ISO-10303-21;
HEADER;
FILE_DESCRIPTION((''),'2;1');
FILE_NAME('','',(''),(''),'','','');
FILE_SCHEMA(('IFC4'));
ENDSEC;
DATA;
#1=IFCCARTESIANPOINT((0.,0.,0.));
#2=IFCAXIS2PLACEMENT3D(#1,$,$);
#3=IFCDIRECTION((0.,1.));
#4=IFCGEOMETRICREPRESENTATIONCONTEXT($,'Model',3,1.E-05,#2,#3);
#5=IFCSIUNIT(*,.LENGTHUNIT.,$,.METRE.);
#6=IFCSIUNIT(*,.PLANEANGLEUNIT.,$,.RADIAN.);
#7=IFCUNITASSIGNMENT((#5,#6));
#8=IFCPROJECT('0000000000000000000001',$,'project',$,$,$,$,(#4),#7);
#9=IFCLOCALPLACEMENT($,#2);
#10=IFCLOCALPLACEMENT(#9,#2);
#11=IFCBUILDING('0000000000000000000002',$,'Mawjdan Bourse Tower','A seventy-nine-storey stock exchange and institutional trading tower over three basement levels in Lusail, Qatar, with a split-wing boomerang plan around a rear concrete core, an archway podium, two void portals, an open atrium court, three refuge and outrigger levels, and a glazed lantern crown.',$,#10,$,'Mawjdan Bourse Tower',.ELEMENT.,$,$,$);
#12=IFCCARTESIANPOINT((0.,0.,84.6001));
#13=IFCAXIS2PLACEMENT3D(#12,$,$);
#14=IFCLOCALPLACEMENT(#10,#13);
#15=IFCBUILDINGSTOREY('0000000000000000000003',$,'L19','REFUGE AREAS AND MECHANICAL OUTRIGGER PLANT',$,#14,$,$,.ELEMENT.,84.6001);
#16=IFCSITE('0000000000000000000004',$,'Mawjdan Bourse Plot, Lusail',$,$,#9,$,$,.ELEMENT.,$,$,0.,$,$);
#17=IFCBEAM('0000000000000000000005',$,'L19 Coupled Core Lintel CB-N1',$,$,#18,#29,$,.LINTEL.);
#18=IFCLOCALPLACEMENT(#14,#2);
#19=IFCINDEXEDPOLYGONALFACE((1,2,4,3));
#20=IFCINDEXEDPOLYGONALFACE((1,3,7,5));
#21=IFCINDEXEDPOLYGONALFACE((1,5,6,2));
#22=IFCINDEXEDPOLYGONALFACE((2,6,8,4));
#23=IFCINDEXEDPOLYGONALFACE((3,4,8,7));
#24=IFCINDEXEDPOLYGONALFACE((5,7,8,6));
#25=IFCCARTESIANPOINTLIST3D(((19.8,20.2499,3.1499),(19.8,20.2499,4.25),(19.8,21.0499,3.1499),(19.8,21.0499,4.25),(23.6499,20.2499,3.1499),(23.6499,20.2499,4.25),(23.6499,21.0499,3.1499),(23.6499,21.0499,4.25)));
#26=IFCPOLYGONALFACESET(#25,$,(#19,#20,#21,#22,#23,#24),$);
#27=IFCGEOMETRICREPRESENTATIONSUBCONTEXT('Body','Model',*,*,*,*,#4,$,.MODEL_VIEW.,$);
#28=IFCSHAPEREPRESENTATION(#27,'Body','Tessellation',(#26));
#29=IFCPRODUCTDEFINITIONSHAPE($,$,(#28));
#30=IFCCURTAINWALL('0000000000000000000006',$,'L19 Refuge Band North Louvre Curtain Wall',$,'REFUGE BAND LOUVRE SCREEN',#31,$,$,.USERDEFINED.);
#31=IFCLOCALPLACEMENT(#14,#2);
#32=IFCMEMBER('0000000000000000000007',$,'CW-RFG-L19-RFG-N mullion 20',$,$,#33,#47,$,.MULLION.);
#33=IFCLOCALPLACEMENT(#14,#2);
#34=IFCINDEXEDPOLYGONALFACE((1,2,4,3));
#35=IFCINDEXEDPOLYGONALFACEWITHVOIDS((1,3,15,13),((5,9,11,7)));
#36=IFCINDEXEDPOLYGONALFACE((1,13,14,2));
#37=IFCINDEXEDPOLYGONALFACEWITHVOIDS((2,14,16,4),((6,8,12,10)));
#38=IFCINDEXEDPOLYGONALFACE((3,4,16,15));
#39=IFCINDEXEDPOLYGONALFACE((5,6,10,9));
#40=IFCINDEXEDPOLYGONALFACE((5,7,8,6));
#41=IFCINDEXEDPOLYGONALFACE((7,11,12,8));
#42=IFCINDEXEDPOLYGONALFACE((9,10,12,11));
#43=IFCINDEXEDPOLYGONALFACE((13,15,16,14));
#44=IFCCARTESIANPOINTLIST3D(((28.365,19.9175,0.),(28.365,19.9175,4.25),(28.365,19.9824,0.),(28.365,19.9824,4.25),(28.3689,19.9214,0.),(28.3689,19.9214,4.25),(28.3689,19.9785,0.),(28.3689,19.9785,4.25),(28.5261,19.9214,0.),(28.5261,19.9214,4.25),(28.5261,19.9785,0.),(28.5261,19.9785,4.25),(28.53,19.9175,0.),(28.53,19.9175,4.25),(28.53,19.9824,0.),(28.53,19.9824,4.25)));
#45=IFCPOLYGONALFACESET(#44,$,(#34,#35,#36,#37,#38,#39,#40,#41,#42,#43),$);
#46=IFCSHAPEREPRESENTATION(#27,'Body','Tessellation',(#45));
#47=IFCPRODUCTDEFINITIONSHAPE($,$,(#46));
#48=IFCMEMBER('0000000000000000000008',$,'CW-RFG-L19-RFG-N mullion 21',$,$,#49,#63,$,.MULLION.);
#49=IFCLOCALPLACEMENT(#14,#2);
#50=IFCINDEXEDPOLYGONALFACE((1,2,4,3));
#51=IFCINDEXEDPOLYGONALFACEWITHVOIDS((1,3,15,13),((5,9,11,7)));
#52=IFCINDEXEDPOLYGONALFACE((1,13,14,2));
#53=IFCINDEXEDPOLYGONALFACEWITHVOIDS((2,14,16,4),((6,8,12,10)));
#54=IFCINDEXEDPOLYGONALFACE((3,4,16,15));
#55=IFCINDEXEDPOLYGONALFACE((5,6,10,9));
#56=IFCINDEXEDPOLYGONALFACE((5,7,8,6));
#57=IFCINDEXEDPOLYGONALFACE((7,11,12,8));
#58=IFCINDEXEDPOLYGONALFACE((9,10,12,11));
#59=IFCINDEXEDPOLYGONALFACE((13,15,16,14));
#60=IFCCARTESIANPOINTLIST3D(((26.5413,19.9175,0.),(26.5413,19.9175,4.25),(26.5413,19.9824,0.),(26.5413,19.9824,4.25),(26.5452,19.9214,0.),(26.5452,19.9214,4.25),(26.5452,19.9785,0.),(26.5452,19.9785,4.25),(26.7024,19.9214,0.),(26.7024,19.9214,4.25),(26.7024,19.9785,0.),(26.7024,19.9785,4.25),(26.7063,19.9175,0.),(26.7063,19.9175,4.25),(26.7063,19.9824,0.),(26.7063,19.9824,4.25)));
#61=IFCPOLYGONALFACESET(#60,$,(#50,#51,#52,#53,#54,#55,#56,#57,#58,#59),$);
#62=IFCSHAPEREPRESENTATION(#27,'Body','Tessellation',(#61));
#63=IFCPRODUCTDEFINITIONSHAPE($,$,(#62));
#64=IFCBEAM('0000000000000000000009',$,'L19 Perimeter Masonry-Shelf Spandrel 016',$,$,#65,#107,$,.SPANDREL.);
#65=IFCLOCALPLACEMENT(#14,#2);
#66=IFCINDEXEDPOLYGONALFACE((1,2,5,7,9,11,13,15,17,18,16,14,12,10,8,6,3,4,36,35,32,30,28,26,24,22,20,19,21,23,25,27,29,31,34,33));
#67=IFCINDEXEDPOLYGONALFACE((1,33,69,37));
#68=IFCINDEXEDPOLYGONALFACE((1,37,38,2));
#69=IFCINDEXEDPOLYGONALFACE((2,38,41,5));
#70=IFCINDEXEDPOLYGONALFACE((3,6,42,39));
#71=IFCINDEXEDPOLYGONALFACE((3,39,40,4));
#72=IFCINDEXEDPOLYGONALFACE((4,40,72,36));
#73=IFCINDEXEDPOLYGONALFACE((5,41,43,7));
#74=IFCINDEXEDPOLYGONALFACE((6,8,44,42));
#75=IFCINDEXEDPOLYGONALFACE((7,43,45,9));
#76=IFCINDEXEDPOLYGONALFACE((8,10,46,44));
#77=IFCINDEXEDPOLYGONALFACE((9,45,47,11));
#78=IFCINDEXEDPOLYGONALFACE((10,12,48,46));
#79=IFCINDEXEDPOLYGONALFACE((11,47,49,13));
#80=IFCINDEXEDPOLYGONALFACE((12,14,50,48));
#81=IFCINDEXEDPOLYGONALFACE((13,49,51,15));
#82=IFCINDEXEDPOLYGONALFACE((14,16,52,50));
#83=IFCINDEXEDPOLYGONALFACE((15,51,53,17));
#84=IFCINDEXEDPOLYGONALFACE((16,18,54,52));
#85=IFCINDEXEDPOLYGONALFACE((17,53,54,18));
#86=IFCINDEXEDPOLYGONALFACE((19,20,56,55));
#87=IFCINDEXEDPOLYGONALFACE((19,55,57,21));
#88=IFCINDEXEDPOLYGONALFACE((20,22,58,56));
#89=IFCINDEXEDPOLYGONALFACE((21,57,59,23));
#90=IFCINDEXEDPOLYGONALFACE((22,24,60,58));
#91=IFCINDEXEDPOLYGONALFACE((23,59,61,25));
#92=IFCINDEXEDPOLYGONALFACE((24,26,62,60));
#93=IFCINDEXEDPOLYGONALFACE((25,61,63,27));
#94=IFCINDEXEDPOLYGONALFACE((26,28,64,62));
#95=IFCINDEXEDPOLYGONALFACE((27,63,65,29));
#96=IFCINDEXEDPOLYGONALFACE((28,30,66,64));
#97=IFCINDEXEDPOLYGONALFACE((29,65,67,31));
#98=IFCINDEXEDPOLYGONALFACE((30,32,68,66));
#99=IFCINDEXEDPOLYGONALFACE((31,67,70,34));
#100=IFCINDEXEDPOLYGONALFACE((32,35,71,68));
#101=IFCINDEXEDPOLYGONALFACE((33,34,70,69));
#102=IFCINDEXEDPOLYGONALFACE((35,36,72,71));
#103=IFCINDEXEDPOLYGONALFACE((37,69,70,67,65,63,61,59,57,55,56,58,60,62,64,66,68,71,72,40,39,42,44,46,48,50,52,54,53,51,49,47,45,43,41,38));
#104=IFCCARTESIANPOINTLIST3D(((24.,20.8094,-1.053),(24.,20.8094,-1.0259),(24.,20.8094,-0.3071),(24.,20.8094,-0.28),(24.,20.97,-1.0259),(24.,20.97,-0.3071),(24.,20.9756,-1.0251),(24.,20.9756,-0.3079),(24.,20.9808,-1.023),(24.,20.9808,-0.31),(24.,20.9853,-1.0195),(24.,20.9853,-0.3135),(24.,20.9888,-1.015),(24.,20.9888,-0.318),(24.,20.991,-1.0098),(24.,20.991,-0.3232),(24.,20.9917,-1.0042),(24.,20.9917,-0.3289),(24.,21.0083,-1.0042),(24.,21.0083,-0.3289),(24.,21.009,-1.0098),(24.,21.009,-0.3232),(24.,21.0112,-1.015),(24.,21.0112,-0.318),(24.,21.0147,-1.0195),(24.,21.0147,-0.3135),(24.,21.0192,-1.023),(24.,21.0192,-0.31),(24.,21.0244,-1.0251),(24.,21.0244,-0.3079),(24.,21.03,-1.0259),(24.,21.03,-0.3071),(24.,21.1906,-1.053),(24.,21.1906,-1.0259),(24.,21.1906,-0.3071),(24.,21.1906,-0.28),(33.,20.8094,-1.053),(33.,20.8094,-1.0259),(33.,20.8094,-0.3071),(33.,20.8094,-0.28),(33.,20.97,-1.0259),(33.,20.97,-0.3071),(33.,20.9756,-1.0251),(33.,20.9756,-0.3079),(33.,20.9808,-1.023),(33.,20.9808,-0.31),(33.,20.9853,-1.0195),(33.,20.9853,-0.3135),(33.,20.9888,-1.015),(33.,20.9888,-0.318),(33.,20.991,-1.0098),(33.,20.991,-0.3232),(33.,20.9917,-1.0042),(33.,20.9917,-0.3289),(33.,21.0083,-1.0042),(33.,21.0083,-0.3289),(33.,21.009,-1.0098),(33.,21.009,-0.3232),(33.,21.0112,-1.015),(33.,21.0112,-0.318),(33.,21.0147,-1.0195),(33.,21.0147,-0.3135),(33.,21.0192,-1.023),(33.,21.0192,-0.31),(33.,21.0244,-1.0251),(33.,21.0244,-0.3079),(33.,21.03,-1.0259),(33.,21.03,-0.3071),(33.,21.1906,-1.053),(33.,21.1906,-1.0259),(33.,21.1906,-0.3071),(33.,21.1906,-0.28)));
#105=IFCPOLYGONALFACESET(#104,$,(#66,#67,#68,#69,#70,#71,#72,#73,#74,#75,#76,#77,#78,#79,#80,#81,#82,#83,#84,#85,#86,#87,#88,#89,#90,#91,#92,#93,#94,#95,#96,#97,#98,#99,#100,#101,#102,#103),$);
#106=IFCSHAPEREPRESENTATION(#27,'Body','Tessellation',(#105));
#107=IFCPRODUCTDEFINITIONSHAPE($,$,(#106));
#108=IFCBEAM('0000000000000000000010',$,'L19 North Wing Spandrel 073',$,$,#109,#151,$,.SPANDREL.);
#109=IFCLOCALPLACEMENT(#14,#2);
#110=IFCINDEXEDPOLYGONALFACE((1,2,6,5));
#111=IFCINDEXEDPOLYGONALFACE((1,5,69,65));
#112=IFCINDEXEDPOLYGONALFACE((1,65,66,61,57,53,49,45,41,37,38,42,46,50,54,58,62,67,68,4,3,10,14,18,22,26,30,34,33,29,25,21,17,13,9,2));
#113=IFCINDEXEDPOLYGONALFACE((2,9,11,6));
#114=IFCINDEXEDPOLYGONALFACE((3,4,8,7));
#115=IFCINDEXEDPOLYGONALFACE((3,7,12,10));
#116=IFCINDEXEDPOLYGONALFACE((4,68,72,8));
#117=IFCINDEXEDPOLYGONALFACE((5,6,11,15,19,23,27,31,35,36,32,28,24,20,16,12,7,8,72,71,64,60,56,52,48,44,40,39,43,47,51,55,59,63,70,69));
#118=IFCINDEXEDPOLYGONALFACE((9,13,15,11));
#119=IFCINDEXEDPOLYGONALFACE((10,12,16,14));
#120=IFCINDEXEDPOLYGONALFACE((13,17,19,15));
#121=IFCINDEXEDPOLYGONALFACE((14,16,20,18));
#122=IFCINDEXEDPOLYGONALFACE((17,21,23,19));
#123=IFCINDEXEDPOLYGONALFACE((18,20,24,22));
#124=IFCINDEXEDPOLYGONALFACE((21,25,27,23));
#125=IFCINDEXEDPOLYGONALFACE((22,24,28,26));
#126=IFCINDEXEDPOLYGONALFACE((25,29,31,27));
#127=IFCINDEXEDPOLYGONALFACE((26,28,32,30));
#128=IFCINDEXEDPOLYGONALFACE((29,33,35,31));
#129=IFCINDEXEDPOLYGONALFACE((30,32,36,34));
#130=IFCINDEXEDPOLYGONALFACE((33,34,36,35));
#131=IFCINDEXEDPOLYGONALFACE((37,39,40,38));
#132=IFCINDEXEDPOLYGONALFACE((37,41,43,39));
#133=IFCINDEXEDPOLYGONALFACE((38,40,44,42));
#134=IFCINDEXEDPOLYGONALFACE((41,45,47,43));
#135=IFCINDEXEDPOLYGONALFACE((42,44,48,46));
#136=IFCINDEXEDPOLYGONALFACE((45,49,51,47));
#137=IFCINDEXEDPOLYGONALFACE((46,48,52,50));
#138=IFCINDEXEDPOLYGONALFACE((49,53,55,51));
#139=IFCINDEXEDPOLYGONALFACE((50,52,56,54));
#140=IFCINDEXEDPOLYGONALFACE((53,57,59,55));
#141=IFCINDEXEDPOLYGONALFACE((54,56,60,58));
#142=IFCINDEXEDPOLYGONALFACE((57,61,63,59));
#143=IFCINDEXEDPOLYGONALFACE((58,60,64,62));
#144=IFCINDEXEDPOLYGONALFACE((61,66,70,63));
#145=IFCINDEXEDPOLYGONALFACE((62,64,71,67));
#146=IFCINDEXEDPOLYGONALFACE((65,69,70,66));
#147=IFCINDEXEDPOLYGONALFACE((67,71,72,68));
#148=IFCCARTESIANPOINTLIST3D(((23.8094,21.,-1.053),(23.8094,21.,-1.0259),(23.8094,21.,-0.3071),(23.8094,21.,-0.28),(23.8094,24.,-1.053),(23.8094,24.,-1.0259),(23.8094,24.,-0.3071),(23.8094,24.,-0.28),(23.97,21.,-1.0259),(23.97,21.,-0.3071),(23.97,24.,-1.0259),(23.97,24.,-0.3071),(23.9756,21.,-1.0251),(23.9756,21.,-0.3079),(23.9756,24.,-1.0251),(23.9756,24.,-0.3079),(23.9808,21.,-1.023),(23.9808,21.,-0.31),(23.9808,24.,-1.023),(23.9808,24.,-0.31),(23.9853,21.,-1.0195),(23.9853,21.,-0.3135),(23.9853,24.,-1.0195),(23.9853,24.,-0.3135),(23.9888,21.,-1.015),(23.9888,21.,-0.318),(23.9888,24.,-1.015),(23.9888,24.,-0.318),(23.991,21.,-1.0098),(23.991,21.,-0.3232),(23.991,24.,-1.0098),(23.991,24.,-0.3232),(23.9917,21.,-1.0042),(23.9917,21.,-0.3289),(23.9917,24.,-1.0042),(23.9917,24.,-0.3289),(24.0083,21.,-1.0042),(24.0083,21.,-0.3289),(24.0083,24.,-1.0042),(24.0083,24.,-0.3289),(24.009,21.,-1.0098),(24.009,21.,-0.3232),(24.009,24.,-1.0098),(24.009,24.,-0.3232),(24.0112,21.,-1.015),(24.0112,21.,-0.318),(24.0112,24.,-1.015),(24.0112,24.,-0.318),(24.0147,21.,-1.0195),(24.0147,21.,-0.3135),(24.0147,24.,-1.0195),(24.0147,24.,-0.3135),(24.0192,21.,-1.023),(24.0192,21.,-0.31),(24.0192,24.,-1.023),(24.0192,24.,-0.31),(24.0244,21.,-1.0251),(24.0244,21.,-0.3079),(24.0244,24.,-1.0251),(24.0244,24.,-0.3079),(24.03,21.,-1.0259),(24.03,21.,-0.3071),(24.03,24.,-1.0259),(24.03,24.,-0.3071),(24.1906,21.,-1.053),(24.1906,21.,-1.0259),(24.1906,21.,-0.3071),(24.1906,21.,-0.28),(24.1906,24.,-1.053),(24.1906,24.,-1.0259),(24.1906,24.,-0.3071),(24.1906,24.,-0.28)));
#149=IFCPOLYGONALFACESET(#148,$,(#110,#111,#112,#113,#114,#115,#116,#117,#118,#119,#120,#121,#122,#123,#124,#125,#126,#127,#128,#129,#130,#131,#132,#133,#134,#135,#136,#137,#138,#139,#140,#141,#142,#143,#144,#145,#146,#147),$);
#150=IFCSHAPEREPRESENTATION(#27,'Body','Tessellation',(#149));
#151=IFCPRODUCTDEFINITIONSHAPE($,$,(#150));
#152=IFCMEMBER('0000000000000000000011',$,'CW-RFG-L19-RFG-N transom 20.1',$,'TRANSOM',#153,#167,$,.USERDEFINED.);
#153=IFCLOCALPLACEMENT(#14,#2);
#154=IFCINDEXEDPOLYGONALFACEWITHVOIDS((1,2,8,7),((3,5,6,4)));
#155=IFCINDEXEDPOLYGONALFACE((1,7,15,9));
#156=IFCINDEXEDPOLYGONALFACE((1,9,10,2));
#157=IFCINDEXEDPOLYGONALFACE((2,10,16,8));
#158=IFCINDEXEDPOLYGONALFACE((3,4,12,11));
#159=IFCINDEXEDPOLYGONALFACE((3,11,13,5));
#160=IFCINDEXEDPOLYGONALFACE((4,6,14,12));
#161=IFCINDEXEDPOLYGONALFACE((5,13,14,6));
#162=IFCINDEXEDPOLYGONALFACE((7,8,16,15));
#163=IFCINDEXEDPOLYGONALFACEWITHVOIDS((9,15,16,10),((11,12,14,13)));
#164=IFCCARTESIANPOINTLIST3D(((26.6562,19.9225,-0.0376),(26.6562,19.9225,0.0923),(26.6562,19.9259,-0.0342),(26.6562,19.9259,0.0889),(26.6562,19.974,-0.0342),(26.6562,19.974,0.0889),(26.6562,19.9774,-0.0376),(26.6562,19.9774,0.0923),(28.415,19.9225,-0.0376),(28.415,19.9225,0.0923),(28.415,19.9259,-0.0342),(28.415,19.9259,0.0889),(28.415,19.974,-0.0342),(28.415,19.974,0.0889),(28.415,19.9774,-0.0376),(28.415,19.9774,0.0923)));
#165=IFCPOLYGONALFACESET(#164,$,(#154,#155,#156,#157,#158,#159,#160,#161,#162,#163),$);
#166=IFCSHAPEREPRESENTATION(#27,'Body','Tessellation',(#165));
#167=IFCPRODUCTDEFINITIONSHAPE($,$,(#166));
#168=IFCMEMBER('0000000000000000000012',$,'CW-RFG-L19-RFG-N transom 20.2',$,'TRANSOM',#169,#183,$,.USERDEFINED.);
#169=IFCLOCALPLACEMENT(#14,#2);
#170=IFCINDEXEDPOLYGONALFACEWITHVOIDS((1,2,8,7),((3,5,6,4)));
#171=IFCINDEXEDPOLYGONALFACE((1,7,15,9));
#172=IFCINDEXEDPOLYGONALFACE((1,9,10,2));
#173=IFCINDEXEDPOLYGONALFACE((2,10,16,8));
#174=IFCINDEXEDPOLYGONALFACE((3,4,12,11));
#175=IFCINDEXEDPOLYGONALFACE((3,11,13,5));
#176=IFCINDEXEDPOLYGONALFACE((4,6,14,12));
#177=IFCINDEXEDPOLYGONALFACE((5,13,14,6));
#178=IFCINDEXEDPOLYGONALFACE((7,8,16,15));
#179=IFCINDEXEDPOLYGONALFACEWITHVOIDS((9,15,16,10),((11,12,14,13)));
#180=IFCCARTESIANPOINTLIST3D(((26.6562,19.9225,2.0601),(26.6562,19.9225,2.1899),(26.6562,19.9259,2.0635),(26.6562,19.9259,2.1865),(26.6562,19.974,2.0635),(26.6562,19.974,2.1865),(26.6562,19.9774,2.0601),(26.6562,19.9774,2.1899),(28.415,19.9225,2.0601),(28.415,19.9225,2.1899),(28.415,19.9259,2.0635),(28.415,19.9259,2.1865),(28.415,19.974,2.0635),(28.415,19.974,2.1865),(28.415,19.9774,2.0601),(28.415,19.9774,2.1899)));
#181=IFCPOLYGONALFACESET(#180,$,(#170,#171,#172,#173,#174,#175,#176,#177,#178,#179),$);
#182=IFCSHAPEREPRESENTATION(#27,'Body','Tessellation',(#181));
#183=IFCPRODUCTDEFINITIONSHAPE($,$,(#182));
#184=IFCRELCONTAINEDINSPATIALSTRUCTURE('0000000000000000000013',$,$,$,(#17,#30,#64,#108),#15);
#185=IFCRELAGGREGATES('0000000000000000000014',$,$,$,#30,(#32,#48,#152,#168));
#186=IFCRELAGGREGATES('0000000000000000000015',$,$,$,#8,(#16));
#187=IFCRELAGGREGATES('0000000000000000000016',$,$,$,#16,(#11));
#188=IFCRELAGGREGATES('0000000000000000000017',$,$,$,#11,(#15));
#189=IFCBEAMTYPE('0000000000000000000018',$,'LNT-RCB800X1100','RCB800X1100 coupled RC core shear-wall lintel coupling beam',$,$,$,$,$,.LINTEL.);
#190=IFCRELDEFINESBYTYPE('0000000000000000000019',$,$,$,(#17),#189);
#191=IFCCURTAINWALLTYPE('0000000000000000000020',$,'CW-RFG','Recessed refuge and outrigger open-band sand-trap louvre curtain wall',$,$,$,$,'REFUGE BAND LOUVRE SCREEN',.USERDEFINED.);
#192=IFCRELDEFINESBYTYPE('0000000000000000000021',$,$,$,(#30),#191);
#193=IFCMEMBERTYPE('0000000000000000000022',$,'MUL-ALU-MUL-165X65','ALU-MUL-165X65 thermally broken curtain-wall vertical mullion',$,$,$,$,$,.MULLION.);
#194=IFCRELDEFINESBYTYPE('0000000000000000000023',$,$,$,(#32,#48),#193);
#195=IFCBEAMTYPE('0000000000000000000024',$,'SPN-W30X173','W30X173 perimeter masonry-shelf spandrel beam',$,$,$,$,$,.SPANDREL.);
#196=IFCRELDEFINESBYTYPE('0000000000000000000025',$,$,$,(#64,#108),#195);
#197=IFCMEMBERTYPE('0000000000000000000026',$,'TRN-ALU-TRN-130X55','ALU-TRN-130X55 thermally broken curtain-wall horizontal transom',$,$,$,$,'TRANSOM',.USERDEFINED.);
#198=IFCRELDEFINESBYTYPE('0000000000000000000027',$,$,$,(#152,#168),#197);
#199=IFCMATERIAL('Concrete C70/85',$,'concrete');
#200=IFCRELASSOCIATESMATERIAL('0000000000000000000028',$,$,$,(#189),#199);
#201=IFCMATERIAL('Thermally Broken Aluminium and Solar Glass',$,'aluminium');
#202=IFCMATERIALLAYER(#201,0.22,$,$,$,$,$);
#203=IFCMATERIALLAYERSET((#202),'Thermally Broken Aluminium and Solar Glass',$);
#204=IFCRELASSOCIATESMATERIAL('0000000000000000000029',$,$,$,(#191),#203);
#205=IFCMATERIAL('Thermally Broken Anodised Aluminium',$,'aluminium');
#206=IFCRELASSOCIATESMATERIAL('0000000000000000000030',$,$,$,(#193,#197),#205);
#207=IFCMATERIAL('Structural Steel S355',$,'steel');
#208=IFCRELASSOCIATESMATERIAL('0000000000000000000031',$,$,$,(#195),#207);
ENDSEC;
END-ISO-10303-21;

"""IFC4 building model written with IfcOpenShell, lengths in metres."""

from ifc_helpers import new_model, si_unit, direction, frame, origin, origin_2d, place, context, subcontext, project, spatial, rectangle, hollow_rectangle, i_section, extrude, material, layer, layer_set, material_profile, profile_set, type_object, element, aggregate, save


model = new_model("IFC4")

# Units and contexts
model_context = context("Model", 3, precision=1e-05, world=origin(), true_north=direction((0.0, 1.0)))
body_context = subcontext(model_context, "Body", "Model", "MODEL_VIEW")
ifc_project = project(units=[si_unit("LENGTHUNIT", "METRE"), si_unit("PLANEANGLEUNIT", "RADIAN")], contexts=[model_context])

# Site, building, storey
site_placement = place(None, origin())
site = spatial("IfcSite", under=ifc_project, at=site_placement, Name="Mawjdan Bourse Plot, Lusail", CompositionType="ELEMENT", RefElevation=0.0)
building_placement = place(site_placement, origin())
building = spatial("IfcBuilding", under=site, at=building_placement, Name="Mawjdan Bourse Tower", Description="A seventy-nine-storey stock exchange and institutional trading tower over three basement levels in Lusail, Qatar, with a split-wing boomerang plan around a rear concrete core, an archway podium, two void portals, an open atrium court, three refuge and outrigger levels, and a glazed lantern crown.", LongName="Mawjdan Bourse Tower", CompositionType="ELEMENT")
storey_placement = place(building_placement, frame((0.0, 0.0, 84.6001)))
storey = spatial("IfcBuildingStorey", under=building, at=storey_placement, Name="L19", Description="REFUGE AREAS AND MECHANICAL OUTRIGGER PLANT", CompositionType="ELEMENT", Elevation=84.6001)

# Beam
ifc_material_1 = material(Name="Structural Steel S355", Category="steel")
ifc_material_2 = material(Name="Concrete C70/85", Category="concrete")
ifc_material_profile_1 = material_profile(ifc_material_2, rectangle(XDim=0.8, YDim=1.1001, at=origin_2d()), Name="RCB800X1100")
ifc_profile_set_1 = profile_set([ifc_material_profile_1], Name="Concrete C70/85")
beam_type_1 = type_object("IfcBeamType", Name="LNT-RCB800X1100", Description="RCB800X1100 coupled RC core shear-wall lintel coupling beam", PredefinedType="LINTEL", material=ifc_profile_set_1)
beam_1_placement = place(storey_placement, frame((19.8, 20.6499, 3.7), z_axis=(1.0, 0.0, 0.0), x_axis=(0.0, 1.0, 0.0)))
element("IfcBeam", 1, at=beam_1_placement, inside=storey, type_object=beam_type_1, Name="L19 Coupled Core Lintel CB-N1", PredefinedType="LINTEL", context=body_context, shape_type="SweptSolid", body=[
    extrude(rectangle(XDim=0.8, YDim=1.1001, at=origin_2d()), origin(), (0.0, 0.0, 1.0), 3.8499),
])

# Curtain wall, members
ifc_material_3 = material(Name="Thermally Broken Aluminium and Solar Glass", Category="aluminium")
ifc_layer_1 = layer(ifc_material_3, 0.22)
ifc_layer_set_1 = layer_set([ifc_layer_1], Name="Thermally Broken Aluminium and Solar Glass")
curtain_wall_type = type_object("IfcCurtainWallType", Name="CW-RFG", Description="Recessed refuge and outrigger open-band sand-trap louvre curtain wall", ElementType="REFUGE BAND LOUVRE SCREEN", PredefinedType="USERDEFINED", material=ifc_layer_set_1)
curtain_wall_placement = place(storey_placement, origin())
curtain_wall = element("IfcCurtainWall", 2, at=curtain_wall_placement, inside=storey, type_object=curtain_wall_type, Name="L19 Refuge Band North Louvre Curtain Wall", ObjectType="REFUGE BAND LOUVRE SCREEN", PredefinedType="USERDEFINED")
ifc_material_4 = material(Name="Thermally Broken Anodised Aluminium", Category="aluminium")
ifc_material_profile_2 = material_profile(ifc_material_4, hollow_rectangle(XDim=0.0649, YDim=0.165, WallThickness=0.0039, at=origin_2d()), Name="ALU-MUL-165X65")
ifc_profile_set_2 = profile_set([ifc_material_profile_2], Name="Thermally Broken Anodised Aluminium")
member_type_1 = type_object("IfcMemberType", Name="MUL-ALU-MUL-165X65", Description="ALU-MUL-165X65 thermally broken curtain-wall vertical mullion", PredefinedType="MULLION", material=ifc_profile_set_2)
member_1_placement = place(storey_placement, frame((28.4475, 19.95, 0.0), z_axis=(0.0, 0.0, 1.0), x_axis=(0.0, -1.0, 0.0)))
member_1 = element("IfcMember", 3, at=member_1_placement, type_object=member_type_1, Name="CW-RFG-L19-RFG-N mullion 20", PredefinedType="MULLION", context=body_context, shape_type="SweptSolid", body=[
    extrude(hollow_rectangle(XDim=0.0649, YDim=0.165, WallThickness=0.0039, at=origin_2d()), origin(), (0.0, 0.0, 1.0), 4.25),
])
member_2_placement = place(storey_placement, frame((26.6238, 19.95, 0.0), z_axis=(0.0, 0.0, 1.0), x_axis=(0.0, -1.0, 0.0)))
member_2 = element("IfcMember", 4, at=member_2_placement, type_object=member_type_1, Name="CW-RFG-L19-RFG-N mullion 21", PredefinedType="MULLION", context=body_context, shape_type="SweptSolid", body=[
    extrude(hollow_rectangle(XDim=0.0649, YDim=0.165, WallThickness=0.0039, at=origin_2d()), origin(), (0.0, 0.0, 1.0), 4.25),
])

# Beams
ifc_material_profile_3 = material_profile(ifc_material_1, i_section(OverallWidth=0.3811, OverallDepth=0.7729, WebThickness=0.0166, FlangeThickness=0.0271, FilletRadius=0.0217, at=origin_2d()), Name="W30X173")
ifc_profile_set_3 = profile_set([ifc_material_profile_3], Name="Structural Steel S355")
beam_type_2 = type_object("IfcBeamType", Name="SPN-W30X173", Description="W30X173 perimeter masonry-shelf spandrel beam", PredefinedType="SPANDREL", material=ifc_profile_set_3)
beam_2_placement = place(storey_placement, frame((24.0, 21.0, -0.6665), z_axis=(1.0, 0.0, 0.0), x_axis=(0.0, 1.0, 0.0)))
element("IfcBeam", 5, at=beam_2_placement, inside=storey, type_object=beam_type_2, Name="L19 Perimeter Masonry-Shelf Spandrel 016", PredefinedType="SPANDREL", context=body_context, shape_type="SweptSolid", body=[
    extrude(i_section(OverallWidth=0.3811, OverallDepth=0.7729, WebThickness=0.0166, FlangeThickness=0.0271, FilletRadius=0.0217, at=origin_2d()), origin(), (0.0, 0.0, 1.0), 9.0),
])
beam_3_placement = place(storey_placement, frame((24.0, 21.0, -0.6665), z_axis=(0.0, 1.0, 0.0), x_axis=(-1.0, 0.0, 0.0)))
element("IfcBeam", 6, at=beam_3_placement, inside=storey, type_object=beam_type_2, Name="L19 North Wing Spandrel 073", PredefinedType="SPANDREL", context=body_context, shape_type="SweptSolid", body=[
    extrude(i_section(OverallWidth=0.3811, OverallDepth=0.7729, WebThickness=0.0166, FlangeThickness=0.0271, FilletRadius=0.0217, at=origin_2d()), origin(), (0.0, 0.0, 1.0), 3.0),
])

# Members
ifc_material_profile_4 = material_profile(ifc_material_4, hollow_rectangle(XDim=0.0549, YDim=0.1299, WallThickness=0.0034, at=origin_2d()), Name="ALU-TRN-130X55")
ifc_profile_set_4 = profile_set([ifc_material_profile_4], Name="Thermally Broken Anodised Aluminium")
member_type_2 = type_object("IfcMemberType", Name="TRN-ALU-TRN-130X55", Description="ALU-TRN-130X55 thermally broken curtain-wall horizontal transom", ElementType="TRANSOM", PredefinedType="USERDEFINED", material=ifc_profile_set_4)
member_3_placement = place(storey_placement, frame((28.415, 19.95, 0.0273), z_axis=(-1.0, 0.0, 0.0), x_axis=(0.0, -1.0, 0.0)))
member_3 = element("IfcMember", 7, at=member_3_placement, type_object=member_type_2, Name="CW-RFG-L19-RFG-N transom 20.1", ObjectType="TRANSOM", PredefinedType="USERDEFINED", context=body_context, shape_type="SweptSolid", body=[
    extrude(hollow_rectangle(XDim=0.0549, YDim=0.1299, WallThickness=0.0034, at=origin_2d()), origin(), (0.0, 0.0, 1.0), 1.7588),
])
member_4_placement = place(storey_placement, frame((28.415, 19.95, 2.125), z_axis=(-1.0, 0.0, 0.0), x_axis=(0.0, -1.0, 0.0)))
member_4 = element("IfcMember", 8, at=member_4_placement, type_object=member_type_2, Name="CW-RFG-L19-RFG-N transom 20.2", ObjectType="TRANSOM", PredefinedType="USERDEFINED", context=body_context, shape_type="SweptSolid", body=[
    extrude(hollow_rectangle(XDim=0.0549, YDim=0.1299, WallThickness=0.0034, at=origin_2d()), origin(), (0.0, 0.0, 1.0), 1.7588),
])

aggregate(curtain_wall, [member_1, member_2, member_3, member_4])

save(model, "model.ifc")
